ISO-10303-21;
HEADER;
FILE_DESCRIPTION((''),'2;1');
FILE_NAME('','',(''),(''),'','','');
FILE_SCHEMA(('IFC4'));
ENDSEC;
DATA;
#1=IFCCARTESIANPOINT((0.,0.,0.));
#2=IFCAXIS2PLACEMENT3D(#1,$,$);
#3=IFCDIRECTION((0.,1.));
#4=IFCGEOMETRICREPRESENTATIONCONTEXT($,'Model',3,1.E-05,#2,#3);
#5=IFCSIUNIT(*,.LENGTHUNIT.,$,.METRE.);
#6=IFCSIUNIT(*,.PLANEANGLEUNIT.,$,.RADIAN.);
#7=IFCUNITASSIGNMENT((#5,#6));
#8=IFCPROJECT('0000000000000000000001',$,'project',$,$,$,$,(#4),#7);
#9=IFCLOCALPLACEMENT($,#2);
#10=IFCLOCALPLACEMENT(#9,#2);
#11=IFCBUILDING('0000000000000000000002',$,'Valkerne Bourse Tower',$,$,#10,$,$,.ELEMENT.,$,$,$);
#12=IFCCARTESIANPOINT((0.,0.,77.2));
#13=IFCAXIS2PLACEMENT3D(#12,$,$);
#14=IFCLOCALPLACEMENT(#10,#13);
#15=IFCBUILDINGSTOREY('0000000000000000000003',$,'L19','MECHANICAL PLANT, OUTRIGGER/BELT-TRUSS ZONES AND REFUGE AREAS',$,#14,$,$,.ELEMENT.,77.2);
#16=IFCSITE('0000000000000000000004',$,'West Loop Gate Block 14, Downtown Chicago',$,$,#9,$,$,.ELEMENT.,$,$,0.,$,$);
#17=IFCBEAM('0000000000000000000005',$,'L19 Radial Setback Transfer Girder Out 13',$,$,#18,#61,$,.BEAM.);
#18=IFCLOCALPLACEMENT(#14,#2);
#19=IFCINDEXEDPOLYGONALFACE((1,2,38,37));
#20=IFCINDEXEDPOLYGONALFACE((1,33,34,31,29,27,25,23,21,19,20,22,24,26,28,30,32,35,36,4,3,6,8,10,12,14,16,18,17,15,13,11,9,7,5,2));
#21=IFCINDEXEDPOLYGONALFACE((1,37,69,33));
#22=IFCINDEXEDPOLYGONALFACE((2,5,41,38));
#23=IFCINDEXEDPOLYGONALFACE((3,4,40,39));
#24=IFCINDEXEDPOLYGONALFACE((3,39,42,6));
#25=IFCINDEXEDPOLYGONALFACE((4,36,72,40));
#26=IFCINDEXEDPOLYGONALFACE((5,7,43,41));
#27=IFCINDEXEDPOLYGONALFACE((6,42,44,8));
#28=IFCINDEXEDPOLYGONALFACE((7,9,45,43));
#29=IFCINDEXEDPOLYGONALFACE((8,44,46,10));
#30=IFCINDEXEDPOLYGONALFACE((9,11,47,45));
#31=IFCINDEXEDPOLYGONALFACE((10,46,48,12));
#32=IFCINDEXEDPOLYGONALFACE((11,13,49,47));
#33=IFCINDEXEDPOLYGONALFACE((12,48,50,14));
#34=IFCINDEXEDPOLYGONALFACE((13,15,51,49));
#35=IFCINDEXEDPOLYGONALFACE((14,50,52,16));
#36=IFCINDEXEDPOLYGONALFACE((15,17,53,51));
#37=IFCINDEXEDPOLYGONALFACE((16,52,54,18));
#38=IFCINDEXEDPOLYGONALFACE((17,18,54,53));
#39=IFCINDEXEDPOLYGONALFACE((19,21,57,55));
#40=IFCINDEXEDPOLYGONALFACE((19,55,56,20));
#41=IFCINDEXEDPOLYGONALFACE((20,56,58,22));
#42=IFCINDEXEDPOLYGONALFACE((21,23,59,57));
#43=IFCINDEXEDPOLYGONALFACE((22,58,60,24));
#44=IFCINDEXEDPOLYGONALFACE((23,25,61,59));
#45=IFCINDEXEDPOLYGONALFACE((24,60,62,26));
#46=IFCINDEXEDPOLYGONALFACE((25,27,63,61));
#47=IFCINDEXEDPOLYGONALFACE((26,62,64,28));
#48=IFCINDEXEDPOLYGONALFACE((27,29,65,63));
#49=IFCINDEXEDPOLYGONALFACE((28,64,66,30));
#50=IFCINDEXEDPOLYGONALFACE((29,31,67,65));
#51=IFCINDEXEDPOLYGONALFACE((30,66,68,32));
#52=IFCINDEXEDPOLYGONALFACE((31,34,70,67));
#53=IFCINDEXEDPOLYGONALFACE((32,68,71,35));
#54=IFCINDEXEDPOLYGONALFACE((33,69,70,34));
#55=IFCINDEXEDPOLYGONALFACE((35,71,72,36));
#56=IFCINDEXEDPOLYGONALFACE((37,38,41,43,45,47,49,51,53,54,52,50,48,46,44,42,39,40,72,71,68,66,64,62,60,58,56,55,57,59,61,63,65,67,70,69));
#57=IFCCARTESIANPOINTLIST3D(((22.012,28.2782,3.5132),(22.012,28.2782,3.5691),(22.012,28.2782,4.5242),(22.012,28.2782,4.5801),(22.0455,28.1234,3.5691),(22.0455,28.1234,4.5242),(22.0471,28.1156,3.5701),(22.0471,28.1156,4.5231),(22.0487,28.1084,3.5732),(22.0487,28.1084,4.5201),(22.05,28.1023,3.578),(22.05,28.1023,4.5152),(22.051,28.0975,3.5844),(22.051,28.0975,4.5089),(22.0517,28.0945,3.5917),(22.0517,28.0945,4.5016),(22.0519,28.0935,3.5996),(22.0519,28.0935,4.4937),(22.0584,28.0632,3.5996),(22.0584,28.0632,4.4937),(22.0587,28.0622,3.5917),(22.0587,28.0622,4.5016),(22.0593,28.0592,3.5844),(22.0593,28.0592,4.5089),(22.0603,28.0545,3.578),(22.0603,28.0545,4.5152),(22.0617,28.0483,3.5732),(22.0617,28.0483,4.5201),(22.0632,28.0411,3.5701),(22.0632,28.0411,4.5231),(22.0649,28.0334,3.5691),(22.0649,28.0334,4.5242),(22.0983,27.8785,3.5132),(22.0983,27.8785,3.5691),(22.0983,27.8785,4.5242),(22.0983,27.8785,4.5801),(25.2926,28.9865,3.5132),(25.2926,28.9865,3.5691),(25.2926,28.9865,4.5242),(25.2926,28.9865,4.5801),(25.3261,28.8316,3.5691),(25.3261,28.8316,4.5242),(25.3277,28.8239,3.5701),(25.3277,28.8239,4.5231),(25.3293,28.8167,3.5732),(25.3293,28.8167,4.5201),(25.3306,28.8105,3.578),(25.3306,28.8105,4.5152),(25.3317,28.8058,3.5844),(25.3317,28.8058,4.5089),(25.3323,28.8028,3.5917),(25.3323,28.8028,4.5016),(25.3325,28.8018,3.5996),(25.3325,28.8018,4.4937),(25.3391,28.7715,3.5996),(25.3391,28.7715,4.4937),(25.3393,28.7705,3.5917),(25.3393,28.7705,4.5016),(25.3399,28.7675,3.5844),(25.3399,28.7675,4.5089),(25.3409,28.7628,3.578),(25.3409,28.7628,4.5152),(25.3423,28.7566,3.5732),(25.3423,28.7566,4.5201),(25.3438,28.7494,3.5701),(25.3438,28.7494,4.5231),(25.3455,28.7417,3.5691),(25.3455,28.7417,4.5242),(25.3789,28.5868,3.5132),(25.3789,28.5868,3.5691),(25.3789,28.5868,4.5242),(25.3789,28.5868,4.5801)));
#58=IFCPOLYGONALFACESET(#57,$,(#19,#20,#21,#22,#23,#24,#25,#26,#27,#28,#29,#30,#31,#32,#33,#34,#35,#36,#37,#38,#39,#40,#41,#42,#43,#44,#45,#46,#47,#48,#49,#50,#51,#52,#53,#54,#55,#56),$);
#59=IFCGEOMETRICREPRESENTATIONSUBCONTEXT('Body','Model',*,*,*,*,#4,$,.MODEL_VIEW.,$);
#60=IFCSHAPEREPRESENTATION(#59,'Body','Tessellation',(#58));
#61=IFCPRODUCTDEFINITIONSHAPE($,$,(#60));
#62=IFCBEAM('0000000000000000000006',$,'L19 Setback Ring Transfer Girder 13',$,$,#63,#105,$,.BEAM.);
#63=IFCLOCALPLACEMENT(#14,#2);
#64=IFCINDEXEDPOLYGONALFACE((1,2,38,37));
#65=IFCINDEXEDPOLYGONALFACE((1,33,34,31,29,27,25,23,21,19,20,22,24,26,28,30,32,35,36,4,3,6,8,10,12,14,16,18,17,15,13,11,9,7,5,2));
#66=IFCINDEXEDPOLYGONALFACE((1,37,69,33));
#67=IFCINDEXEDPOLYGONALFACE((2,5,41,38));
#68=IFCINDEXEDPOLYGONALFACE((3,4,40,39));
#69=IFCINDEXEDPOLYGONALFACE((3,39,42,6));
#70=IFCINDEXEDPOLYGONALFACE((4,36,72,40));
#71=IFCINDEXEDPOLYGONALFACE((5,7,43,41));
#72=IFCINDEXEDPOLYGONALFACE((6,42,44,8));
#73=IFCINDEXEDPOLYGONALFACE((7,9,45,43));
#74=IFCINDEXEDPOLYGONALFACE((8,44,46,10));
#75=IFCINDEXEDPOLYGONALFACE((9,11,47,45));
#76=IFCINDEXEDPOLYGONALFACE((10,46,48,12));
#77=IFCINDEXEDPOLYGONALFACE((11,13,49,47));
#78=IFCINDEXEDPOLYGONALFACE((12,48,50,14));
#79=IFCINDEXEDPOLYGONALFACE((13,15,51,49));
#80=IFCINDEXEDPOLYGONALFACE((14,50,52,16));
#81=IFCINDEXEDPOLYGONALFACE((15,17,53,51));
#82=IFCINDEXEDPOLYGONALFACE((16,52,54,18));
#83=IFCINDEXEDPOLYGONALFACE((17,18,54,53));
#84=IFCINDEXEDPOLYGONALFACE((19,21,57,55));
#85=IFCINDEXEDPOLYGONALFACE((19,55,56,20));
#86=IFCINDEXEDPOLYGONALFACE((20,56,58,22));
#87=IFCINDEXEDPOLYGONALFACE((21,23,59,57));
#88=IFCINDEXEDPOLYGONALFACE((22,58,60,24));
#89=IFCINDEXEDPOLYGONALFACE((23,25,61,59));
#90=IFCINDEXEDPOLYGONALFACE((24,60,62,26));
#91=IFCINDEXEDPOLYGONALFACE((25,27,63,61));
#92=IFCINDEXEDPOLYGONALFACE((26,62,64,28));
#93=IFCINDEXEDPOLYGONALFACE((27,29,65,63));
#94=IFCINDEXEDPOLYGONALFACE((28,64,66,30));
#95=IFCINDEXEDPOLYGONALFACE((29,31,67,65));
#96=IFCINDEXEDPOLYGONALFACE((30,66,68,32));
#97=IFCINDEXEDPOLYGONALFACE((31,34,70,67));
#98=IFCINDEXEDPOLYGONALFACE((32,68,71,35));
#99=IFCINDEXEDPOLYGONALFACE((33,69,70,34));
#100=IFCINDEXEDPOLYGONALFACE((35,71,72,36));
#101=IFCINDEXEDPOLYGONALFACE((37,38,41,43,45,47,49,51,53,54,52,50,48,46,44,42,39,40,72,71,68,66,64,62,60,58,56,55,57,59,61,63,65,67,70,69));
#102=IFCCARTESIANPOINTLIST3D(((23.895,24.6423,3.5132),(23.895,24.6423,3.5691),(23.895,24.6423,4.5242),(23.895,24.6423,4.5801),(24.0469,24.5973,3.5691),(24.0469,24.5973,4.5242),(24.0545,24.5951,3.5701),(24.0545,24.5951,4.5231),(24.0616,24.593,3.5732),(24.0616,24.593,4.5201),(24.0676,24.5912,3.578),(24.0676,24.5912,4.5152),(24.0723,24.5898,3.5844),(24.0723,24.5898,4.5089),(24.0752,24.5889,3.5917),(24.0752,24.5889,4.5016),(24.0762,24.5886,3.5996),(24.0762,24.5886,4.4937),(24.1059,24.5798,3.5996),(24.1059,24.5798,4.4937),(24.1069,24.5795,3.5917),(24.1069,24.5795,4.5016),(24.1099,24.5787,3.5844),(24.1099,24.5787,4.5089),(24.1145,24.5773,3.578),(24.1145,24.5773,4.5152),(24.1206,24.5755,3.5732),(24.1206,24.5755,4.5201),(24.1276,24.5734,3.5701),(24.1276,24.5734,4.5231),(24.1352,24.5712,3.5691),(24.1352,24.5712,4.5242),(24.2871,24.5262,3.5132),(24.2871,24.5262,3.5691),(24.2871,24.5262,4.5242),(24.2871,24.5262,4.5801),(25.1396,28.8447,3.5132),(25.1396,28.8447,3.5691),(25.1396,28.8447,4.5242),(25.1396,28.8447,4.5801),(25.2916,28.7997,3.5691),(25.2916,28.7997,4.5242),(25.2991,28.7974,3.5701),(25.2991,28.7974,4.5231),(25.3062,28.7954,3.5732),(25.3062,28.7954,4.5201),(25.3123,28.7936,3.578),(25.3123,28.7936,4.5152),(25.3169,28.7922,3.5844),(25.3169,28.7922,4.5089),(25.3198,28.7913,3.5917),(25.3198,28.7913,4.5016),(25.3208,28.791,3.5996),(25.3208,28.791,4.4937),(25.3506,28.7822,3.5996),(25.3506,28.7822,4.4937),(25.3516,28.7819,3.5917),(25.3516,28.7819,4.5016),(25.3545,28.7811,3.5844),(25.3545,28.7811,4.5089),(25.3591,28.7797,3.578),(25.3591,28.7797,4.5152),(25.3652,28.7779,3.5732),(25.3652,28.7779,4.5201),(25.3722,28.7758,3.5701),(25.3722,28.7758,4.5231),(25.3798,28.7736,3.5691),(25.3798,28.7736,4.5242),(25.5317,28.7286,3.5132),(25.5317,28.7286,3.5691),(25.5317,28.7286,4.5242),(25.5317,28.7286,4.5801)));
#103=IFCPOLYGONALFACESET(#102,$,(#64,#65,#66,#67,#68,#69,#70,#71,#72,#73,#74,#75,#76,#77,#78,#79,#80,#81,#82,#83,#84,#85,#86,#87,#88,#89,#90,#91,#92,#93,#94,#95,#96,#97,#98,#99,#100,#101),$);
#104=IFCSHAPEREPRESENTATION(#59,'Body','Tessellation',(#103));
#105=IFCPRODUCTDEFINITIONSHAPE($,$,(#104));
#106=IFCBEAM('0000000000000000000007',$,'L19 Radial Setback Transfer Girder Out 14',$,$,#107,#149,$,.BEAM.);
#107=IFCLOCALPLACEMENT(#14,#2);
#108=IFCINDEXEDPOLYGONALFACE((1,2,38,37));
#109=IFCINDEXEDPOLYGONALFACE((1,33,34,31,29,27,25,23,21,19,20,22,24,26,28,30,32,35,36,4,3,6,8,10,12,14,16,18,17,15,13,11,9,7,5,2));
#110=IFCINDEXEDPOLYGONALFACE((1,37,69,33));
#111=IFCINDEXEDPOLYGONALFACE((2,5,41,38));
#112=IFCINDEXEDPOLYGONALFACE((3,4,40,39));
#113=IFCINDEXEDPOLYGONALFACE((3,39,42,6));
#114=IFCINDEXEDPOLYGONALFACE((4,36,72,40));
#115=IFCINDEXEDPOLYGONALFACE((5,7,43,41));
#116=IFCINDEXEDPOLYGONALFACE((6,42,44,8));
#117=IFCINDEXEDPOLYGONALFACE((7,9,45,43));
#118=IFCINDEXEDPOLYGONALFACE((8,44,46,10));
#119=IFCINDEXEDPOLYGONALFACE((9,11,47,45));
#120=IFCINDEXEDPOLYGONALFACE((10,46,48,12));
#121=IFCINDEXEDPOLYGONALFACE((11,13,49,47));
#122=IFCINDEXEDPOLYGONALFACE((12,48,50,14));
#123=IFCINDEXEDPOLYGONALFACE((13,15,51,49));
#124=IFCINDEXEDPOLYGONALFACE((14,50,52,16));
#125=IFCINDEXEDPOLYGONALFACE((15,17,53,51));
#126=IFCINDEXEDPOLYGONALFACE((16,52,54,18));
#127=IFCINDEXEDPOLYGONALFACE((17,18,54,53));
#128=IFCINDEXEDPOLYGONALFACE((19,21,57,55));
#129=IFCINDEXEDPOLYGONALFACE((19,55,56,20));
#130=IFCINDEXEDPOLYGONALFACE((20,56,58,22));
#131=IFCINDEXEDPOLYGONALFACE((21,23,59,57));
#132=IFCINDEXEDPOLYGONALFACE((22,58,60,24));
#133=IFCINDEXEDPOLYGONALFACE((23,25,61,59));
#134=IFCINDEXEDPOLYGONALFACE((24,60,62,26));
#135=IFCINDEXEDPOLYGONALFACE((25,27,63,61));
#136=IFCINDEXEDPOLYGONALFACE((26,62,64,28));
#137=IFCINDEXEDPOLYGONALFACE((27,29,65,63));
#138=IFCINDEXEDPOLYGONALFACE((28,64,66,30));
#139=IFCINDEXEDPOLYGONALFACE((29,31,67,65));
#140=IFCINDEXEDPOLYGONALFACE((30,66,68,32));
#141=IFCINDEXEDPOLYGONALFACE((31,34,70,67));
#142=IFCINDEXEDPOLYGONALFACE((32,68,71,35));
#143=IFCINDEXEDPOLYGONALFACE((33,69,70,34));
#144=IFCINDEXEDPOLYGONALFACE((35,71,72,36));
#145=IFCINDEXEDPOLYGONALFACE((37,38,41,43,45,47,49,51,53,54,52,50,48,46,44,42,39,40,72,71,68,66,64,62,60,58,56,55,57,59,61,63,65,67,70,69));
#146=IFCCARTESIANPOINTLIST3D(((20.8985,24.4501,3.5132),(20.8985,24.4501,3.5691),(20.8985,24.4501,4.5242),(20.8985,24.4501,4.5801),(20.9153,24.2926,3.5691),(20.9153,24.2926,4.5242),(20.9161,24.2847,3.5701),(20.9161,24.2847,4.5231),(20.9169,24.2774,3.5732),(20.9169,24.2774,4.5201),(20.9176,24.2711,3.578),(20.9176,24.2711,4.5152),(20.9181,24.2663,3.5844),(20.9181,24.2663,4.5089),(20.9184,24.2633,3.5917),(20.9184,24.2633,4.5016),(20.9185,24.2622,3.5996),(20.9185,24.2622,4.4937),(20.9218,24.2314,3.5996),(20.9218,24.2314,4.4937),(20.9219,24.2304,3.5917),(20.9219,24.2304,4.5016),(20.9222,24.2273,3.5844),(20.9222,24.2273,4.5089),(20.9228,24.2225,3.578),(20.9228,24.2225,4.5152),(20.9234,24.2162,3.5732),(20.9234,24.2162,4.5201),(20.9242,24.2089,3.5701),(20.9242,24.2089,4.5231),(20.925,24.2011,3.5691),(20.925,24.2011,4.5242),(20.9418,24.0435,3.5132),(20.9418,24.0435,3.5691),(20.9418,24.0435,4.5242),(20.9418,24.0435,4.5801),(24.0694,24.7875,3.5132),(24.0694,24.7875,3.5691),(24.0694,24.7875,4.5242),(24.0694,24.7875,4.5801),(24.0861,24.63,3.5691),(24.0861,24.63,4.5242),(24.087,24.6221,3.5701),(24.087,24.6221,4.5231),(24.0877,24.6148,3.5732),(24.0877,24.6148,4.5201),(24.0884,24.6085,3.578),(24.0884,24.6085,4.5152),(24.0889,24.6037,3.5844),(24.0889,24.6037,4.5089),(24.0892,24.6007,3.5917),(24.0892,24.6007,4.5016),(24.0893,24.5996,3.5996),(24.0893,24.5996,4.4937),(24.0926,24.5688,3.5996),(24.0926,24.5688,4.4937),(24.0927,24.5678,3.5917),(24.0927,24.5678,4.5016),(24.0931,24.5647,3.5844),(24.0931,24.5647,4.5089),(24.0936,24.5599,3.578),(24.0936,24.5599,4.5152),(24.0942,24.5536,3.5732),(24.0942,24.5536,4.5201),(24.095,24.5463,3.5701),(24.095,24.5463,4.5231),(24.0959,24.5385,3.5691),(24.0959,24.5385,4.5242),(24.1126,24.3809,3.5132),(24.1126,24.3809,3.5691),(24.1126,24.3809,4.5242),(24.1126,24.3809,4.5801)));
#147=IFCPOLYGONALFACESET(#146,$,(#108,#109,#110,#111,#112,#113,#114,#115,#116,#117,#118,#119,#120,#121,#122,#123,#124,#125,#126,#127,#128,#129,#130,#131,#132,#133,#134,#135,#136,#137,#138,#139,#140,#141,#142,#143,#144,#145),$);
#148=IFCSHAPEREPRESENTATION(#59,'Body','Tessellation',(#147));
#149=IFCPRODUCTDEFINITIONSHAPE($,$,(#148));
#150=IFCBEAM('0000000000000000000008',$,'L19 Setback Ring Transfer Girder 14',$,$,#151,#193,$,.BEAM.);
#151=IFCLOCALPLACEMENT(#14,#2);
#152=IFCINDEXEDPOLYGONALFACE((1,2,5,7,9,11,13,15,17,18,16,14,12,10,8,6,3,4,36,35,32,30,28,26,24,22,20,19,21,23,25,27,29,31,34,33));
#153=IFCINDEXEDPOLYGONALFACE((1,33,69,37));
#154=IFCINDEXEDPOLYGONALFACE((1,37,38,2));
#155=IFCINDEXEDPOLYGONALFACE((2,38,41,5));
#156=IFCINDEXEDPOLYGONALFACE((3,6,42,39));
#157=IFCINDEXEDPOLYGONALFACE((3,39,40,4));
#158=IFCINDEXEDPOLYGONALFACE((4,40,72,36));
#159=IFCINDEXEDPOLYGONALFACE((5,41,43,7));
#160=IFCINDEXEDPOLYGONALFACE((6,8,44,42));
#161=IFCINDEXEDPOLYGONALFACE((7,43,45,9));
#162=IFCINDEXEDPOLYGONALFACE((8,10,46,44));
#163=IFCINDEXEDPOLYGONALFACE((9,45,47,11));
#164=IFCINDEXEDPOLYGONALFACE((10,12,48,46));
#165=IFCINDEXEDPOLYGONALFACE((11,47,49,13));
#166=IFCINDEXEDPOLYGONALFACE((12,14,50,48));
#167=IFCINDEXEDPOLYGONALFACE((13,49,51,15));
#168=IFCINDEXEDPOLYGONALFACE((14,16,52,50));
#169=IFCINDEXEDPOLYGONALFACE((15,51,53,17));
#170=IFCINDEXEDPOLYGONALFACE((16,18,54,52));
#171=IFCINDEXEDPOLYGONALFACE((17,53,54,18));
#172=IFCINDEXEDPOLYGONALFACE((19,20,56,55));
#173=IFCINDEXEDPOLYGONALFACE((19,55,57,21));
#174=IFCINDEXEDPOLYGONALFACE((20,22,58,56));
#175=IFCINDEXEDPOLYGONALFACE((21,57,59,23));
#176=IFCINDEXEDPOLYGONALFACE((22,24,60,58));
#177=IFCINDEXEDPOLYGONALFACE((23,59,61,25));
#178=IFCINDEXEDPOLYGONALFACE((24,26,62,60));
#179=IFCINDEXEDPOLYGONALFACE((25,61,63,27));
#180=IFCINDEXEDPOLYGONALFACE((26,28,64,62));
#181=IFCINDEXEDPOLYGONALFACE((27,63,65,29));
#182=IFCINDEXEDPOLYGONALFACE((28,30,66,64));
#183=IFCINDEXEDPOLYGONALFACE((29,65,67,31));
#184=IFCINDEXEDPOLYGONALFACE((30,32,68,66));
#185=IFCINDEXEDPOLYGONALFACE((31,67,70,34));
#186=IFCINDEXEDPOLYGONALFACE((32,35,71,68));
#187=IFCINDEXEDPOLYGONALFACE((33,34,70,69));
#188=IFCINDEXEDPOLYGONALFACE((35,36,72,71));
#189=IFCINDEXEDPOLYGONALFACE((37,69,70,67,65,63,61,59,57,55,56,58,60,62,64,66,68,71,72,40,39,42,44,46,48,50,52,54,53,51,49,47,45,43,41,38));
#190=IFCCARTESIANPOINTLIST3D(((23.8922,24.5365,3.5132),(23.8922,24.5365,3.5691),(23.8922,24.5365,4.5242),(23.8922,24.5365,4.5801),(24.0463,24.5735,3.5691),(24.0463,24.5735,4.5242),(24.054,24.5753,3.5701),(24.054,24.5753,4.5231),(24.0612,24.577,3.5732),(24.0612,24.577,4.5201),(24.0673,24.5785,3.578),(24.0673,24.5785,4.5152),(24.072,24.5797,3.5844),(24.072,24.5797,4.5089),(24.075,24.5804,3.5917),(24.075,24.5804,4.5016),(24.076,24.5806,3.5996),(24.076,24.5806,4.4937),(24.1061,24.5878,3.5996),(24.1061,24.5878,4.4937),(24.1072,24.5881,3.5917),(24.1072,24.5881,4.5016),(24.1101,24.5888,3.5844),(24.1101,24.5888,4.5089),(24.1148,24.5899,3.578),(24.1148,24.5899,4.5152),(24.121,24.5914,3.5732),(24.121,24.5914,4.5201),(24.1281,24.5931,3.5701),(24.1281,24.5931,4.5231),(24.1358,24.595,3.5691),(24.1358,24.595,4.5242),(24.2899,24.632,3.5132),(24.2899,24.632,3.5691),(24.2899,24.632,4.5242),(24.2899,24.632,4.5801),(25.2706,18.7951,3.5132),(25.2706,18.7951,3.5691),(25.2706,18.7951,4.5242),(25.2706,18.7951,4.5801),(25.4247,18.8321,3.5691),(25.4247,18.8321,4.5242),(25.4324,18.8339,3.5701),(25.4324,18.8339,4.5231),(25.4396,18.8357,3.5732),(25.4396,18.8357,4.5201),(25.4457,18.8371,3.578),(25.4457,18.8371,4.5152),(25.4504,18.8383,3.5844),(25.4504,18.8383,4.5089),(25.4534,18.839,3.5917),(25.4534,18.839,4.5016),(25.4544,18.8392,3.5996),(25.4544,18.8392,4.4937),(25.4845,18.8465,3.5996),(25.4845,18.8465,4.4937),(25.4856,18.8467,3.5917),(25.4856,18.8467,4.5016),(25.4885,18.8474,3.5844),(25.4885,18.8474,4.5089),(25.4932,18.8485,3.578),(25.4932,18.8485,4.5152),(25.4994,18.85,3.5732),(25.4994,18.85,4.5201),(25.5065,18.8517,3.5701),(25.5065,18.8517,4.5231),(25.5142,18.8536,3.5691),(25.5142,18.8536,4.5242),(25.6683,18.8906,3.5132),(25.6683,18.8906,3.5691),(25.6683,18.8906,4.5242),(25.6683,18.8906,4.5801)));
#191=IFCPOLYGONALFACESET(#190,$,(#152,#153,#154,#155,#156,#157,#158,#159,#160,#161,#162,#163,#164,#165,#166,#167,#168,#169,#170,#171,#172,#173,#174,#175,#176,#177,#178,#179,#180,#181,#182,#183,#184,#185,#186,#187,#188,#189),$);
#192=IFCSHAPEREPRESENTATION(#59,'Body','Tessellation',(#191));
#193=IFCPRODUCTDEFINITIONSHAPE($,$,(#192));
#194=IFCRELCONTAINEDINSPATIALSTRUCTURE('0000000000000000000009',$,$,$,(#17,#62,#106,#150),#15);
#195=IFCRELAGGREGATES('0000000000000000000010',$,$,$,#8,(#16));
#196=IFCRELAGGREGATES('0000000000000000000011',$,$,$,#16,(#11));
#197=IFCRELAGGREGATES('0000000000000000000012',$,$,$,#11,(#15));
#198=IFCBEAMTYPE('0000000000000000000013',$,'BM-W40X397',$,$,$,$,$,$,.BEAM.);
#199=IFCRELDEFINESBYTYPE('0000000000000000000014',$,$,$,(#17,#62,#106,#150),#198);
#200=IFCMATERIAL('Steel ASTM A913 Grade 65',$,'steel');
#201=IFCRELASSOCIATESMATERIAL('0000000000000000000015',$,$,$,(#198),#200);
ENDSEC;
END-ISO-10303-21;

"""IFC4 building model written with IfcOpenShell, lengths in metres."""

from ifc_helpers import new_model, si_unit, direction, frame, origin, origin_2d, place, context, subcontext, project, spatial, i_section, extrude, material, material_profile, profile_set, type_object, element, save


model = new_model("IFC4")

# Units and contexts
model_context = context("Model", 3, precision=1e-05, world=origin(), true_north=direction((0.0, 1.0)))
body_context = subcontext(model_context, "Body", "Model", "MODEL_VIEW")
ifc_project = project(units=[si_unit("LENGTHUNIT", "METRE"), si_unit("PLANEANGLEUNIT", "RADIAN")], contexts=[model_context])

# Site, building, storey
site_placement = place(None, origin())
site = spatial("IfcSite", under=ifc_project, at=site_placement, Name="West Loop Gate Block 14, Downtown Chicago", CompositionType="ELEMENT", RefElevation=0.0)
building_placement = place(site_placement, origin())
building = spatial("IfcBuilding", under=site, at=building_placement, Name="Valkerne Bourse Tower", CompositionType="ELEMENT")
storey_placement = place(building_placement, frame((0.0, 0.0, 77.2)))
storey = spatial("IfcBuildingStorey", under=building, at=storey_placement, Name="L19", Description="MECHANICAL PLANT, OUTRIGGER/BELT-TRUSS ZONES AND REFUGE AREAS", CompositionType="ELEMENT", Elevation=77.2)

# Shared definitions
ifc_material_1 = material(Name="Steel ASTM A913 Grade 65", Category="steel")

# Beams
ifc_material_profile_1 = material_profile(ifc_material_1, i_section(OverallWidth=0.4089, OverallDepth=1.0669, WebThickness=0.031, FlangeThickness=0.0559, FilletRadius=0.0305, at=origin_2d()), Name="W40X397")
ifc_profile_set_1 = profile_set([ifc_material_profile_1], Name="Steel ASTM A913 Grade 65")
beam_type_1 = type_object("IfcBeamType", Name="BM-W40X397", PredefinedType="BEAM", material=ifc_profile_set_1)
beam_1_placement = place(storey_placement, frame((22.0552, 28.0784, 4.0466), z_axis=(0.977479, 0.211034, 0.0), x_axis=(-0.211034, 0.977479, 0.0)))
element("IfcBeam", 1, at=beam_1_placement, inside=storey, type_object=beam_type_1, Name="L19 Radial Setback Transfer Girder Out 13", PredefinedType="BEAM", context=body_context, shape_type="SweptSolid", body=[
    extrude(i_section(OverallWidth=0.4089, OverallDepth=1.0669, WebThickness=0.031, FlangeThickness=0.0559, FilletRadius=0.0305, at=origin_2d()), origin(), (0.0, 0.0, 1.0), 3.3562),
])
beam_2_placement = place(storey_placement, frame((25.3357, 28.7866, 4.0466), z_axis=(-0.283978, -0.958831, 0.0), x_axis=(0.958831, -0.283978, 0.0)))
element("IfcBeam", 2, at=beam_2_placement, inside=storey, type_object=beam_type_1, Name="L19 Setback Ring Transfer Girder 13", PredefinedType="BEAM", context=body_context, shape_type="SweptSolid", body=[
    extrude(i_section(OverallWidth=0.4089, OverallDepth=1.0669, WebThickness=0.031, FlangeThickness=0.0559, FilletRadius=0.0305, at=origin_2d()), origin(), (0.0, 0.0, 1.0), 4.3828),
])
beam_3_placement = place(storey_placement, frame((20.9202, 24.2468, 4.0466), z_axis=(0.994387, 0.105809, 0.0), x_axis=(-0.105809, 0.994387, 0.0)))
element("IfcBeam", 3, at=beam_3_placement, inside=storey, type_object=beam_type_1, Name="L19 Radial Setback Transfer Girder Out 14", PredefinedType="BEAM", context=body_context, shape_type="SweptSolid", body=[
    extrude(i_section(OverallWidth=0.4089, OverallDepth=1.0669, WebThickness=0.031, FlangeThickness=0.0559, FilletRadius=0.0305, at=origin_2d()), origin(), (0.0, 0.0, 1.0), 3.1887),
])
beam_4_placement = place(storey_placement, frame((24.0911, 24.5842, 4.0466), z_axis=(0.233448, -0.972369, 0.0), x_axis=(0.972369, 0.233448, 0.0)))
element("IfcBeam", 4, at=beam_4_placement, inside=storey, type_object=beam_type_1, Name="L19 Setback Ring Transfer Girder 14", PredefinedType="BEAM", context=body_context, shape_type="SweptSolid", body=[
    extrude(i_section(OverallWidth=0.4089, OverallDepth=1.0669, WebThickness=0.031, FlangeThickness=0.0559, FilletRadius=0.0305, at=origin_2d()), origin(), (0.0, 0.0, 1.0), 5.9045),
])

save(model, "model.ifc")
